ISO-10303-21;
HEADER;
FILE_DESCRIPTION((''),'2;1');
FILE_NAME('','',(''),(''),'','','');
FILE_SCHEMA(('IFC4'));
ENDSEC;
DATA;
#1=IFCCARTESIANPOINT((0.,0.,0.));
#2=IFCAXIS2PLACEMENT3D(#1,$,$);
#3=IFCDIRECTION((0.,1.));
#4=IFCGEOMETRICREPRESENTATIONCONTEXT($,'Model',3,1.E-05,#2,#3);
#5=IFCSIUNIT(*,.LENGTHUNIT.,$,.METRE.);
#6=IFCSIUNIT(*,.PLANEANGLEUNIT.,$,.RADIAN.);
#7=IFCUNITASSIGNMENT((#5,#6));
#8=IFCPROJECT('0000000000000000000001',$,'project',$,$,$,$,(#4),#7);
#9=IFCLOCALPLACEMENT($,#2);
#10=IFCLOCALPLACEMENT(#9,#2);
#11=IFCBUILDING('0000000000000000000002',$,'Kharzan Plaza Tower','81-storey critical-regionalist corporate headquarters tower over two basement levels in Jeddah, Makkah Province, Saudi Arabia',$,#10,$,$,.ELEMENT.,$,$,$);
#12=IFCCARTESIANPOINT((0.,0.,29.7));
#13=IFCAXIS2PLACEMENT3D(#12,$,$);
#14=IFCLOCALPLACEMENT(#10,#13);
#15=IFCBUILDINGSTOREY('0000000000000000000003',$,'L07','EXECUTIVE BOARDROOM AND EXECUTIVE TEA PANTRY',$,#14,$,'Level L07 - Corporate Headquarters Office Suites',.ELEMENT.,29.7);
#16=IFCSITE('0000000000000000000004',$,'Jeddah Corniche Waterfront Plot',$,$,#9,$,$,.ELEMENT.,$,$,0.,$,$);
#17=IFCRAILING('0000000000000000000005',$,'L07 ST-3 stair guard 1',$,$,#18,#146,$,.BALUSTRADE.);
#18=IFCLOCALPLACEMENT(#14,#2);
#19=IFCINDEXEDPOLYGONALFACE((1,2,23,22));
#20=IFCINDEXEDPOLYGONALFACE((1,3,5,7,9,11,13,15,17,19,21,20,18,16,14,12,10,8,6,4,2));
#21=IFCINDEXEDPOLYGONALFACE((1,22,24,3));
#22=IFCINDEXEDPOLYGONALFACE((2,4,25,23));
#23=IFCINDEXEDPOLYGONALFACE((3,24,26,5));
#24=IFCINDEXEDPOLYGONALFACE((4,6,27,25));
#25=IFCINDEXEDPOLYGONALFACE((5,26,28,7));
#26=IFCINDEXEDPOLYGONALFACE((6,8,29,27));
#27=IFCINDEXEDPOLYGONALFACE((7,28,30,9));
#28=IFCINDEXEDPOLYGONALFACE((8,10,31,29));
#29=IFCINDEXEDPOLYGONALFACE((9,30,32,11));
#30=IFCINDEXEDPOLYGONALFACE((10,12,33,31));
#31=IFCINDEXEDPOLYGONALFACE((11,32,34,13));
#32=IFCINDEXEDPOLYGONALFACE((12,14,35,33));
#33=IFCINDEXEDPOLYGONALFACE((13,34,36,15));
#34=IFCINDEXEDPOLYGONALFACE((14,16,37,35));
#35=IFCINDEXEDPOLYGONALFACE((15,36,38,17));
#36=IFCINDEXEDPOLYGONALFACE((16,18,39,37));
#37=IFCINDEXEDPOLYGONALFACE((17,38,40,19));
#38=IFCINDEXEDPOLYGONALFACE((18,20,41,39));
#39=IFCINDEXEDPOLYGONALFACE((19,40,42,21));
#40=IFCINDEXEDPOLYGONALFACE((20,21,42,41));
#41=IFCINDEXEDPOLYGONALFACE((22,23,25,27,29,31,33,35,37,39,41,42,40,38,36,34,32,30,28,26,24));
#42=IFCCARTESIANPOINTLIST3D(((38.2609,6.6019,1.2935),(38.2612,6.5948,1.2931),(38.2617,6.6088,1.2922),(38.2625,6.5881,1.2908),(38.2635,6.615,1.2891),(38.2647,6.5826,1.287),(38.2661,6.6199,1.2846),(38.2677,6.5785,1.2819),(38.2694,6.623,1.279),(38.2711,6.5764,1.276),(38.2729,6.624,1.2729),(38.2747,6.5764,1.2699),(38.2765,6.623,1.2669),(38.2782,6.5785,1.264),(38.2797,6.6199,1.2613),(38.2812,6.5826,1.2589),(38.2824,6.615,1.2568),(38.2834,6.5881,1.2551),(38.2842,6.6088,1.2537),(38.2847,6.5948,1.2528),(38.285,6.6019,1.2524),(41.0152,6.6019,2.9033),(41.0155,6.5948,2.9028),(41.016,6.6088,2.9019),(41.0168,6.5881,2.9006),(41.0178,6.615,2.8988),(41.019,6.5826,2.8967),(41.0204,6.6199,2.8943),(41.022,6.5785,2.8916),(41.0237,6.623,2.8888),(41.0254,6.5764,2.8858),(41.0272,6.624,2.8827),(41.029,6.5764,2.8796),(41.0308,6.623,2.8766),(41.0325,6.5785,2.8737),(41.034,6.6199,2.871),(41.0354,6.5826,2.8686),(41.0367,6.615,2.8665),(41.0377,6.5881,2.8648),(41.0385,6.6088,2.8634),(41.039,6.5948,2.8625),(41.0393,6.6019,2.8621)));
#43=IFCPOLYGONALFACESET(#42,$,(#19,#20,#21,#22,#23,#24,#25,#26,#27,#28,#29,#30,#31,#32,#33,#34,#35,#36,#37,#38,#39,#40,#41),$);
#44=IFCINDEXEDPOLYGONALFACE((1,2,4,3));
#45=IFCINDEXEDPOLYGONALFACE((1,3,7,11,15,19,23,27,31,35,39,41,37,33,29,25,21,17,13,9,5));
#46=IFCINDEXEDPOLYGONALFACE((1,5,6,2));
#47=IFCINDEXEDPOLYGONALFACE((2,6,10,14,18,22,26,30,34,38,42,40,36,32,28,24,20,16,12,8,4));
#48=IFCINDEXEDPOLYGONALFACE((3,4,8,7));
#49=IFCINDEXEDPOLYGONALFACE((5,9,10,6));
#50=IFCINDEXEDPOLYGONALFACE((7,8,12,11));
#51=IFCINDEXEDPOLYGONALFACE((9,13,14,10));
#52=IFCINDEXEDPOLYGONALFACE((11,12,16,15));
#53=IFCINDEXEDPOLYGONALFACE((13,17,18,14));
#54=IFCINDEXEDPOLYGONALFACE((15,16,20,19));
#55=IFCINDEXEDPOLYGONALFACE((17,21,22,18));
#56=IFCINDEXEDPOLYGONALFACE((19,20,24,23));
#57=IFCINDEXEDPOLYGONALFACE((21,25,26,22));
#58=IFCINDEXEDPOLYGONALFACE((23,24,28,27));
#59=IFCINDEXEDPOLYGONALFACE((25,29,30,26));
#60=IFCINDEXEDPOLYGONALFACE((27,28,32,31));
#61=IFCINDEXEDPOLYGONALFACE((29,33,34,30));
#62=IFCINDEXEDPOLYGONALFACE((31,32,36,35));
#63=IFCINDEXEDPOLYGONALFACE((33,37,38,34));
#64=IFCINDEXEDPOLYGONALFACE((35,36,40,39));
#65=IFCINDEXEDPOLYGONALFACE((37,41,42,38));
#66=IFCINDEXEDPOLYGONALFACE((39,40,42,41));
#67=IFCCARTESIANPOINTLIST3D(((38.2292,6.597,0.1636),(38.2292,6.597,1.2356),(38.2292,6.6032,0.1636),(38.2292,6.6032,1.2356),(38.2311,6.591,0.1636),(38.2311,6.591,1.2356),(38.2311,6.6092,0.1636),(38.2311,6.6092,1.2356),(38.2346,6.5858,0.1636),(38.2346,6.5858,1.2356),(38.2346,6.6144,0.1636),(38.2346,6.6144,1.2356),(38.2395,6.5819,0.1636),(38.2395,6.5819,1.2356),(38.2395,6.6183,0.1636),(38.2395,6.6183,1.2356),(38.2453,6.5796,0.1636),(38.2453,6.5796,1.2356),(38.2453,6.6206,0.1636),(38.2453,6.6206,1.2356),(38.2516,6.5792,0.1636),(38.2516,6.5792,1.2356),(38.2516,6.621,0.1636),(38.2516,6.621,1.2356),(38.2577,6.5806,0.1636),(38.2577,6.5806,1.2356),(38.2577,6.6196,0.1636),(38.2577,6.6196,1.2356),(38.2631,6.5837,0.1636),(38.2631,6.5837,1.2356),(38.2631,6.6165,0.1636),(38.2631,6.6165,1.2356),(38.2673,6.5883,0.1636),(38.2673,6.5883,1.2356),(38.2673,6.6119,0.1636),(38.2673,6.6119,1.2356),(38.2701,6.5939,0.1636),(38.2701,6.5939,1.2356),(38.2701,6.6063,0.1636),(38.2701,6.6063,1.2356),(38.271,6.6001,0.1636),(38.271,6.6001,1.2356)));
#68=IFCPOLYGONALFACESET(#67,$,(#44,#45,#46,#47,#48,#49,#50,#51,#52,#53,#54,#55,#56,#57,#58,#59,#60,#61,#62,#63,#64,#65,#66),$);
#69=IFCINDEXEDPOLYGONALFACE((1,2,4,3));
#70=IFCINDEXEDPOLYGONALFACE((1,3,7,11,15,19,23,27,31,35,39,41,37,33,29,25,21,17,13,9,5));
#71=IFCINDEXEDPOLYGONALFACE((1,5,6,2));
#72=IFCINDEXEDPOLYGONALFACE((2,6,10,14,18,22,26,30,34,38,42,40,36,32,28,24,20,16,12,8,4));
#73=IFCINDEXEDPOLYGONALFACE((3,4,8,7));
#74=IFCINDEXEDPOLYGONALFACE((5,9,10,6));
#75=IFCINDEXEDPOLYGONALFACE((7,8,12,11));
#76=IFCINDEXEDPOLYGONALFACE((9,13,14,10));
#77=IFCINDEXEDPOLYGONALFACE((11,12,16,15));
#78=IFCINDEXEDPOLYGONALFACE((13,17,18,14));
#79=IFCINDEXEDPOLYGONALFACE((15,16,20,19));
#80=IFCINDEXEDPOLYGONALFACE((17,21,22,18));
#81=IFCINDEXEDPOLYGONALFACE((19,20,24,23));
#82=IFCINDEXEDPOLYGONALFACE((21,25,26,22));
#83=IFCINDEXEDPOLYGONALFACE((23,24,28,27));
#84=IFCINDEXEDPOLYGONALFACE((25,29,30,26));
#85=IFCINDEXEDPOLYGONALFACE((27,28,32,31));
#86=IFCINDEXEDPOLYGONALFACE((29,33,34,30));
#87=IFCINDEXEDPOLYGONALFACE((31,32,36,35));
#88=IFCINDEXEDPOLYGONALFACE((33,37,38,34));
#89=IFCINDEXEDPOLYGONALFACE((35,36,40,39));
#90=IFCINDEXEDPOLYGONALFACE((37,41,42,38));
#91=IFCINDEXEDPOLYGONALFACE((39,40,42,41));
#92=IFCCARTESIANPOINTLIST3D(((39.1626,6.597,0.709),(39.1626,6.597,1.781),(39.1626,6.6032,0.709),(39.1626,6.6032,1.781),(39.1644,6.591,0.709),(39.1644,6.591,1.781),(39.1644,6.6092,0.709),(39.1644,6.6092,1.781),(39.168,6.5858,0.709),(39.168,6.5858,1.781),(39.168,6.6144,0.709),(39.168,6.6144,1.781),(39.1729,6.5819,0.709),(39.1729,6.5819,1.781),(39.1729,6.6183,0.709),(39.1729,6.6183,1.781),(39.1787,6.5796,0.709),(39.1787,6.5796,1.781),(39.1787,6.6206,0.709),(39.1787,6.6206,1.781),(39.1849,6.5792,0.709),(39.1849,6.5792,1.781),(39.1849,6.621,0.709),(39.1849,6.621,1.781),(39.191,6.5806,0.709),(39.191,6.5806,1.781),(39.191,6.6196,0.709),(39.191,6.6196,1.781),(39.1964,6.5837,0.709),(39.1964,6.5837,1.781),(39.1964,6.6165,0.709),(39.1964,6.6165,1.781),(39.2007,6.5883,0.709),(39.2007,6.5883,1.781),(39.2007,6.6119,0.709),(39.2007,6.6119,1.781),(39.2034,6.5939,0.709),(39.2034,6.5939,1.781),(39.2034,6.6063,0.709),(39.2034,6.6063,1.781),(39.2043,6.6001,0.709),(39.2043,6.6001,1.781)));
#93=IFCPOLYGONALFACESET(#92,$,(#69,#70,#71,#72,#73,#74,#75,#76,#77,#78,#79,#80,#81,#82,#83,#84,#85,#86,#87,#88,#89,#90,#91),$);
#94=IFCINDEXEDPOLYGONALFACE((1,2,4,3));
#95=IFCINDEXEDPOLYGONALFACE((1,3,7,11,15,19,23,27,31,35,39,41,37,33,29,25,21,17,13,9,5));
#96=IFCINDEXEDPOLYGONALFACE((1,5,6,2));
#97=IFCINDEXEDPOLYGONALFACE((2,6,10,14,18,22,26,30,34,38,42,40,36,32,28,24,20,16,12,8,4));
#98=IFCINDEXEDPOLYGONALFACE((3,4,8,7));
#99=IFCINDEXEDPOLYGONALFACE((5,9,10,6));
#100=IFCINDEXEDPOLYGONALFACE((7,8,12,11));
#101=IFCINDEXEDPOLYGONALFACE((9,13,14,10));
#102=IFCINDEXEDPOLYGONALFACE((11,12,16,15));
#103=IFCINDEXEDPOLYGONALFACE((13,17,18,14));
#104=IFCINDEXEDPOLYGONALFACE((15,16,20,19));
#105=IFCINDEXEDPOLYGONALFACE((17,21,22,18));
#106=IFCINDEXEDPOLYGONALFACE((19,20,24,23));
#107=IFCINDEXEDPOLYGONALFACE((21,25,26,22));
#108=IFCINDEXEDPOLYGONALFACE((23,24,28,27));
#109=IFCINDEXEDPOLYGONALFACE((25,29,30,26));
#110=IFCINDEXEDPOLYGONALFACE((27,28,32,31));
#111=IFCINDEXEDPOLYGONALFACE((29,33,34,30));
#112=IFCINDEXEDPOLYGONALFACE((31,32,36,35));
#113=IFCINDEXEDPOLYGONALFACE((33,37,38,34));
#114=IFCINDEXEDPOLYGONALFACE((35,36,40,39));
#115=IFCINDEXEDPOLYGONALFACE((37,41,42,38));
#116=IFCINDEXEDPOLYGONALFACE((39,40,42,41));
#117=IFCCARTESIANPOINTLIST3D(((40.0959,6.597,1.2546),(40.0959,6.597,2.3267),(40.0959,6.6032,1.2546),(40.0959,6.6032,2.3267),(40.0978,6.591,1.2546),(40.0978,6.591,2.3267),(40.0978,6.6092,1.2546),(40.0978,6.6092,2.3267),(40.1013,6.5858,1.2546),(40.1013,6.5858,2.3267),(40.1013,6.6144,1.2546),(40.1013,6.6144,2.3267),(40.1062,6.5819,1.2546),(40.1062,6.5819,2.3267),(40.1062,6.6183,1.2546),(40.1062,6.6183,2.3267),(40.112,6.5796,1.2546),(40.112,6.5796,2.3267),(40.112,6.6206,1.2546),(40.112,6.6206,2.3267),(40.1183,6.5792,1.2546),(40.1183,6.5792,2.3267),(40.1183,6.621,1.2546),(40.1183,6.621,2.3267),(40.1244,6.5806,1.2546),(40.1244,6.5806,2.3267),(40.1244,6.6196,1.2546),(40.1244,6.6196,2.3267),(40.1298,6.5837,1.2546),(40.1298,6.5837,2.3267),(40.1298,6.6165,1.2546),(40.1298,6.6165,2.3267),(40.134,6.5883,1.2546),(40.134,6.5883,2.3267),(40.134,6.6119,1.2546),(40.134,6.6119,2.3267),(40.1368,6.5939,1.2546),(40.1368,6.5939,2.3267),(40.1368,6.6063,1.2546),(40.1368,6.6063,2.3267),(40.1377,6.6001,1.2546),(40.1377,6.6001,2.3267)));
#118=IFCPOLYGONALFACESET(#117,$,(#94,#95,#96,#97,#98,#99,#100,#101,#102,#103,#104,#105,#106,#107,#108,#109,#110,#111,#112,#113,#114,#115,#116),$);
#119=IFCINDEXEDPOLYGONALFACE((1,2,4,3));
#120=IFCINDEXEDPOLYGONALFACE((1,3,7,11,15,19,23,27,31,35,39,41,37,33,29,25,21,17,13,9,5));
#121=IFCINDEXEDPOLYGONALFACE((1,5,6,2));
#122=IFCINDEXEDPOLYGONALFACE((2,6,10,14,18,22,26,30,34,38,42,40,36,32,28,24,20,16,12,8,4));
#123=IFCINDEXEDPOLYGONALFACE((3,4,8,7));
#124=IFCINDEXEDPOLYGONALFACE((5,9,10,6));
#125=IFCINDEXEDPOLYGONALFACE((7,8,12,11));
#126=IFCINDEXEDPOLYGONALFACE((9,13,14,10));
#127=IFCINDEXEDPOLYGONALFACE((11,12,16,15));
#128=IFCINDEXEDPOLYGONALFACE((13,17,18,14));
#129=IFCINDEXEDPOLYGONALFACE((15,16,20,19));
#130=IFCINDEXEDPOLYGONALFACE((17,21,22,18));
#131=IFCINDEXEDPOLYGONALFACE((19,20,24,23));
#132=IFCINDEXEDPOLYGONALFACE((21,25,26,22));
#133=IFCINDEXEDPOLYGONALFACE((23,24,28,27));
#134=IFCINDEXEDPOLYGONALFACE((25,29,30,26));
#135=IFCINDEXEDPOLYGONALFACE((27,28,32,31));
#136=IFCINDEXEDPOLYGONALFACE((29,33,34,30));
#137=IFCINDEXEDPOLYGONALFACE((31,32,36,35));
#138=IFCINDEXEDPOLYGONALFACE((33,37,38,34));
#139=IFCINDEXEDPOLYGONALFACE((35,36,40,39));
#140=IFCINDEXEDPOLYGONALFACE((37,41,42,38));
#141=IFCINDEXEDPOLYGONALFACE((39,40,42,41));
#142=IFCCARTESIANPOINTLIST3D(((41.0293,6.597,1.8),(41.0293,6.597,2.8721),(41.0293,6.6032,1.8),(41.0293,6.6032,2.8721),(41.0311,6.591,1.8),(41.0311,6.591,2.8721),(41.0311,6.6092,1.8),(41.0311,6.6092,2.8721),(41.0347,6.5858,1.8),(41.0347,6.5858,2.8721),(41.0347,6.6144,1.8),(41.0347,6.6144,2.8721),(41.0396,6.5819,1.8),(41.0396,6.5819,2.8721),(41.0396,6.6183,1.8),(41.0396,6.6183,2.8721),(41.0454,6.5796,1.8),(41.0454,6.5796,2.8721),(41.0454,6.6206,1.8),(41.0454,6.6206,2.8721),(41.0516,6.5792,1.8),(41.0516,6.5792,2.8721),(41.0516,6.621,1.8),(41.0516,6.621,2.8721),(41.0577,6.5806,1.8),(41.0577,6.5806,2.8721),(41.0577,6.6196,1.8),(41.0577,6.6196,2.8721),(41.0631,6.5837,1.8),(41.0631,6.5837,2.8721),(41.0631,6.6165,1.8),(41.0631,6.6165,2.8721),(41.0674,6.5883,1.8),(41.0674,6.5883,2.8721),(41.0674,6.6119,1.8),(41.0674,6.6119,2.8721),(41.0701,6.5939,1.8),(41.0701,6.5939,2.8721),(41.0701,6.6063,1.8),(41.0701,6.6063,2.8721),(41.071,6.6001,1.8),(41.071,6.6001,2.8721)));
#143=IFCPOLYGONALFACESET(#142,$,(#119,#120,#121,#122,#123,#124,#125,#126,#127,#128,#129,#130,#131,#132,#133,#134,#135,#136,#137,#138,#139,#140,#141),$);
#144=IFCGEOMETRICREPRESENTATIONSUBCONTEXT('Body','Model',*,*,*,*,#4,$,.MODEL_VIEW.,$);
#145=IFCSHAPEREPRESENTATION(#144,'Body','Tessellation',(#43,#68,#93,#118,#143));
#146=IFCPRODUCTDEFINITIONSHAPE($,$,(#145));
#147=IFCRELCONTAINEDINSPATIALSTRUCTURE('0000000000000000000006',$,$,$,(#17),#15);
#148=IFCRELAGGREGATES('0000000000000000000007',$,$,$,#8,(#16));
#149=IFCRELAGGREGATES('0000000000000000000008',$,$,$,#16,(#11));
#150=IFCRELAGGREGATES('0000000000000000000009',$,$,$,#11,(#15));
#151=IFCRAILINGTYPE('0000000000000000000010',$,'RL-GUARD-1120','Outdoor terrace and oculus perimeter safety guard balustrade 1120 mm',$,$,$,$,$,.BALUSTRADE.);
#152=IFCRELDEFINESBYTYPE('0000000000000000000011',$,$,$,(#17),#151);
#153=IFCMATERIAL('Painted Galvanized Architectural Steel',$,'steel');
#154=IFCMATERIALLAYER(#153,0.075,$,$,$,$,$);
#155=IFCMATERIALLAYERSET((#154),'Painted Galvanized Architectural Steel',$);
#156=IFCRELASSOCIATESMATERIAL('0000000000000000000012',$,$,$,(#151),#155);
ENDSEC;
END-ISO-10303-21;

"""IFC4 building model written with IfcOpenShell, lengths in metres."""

from ifc_helpers import new_model, si_unit, direction, frame, origin, origin_2d, place, context, subcontext, project, spatial, circle, extrude, source, transform, mapped, material, layer, layer_set, type_object, element, save


model = new_model("IFC4")

# Units and contexts
model_context = context("Model", 3, precision=1e-05, world=origin(), true_north=direction((0.0, 1.0)))
body_context = subcontext(model_context, "Body", "Model", "MODEL_VIEW")
ifc_project = project(units=[si_unit("LENGTHUNIT", "METRE"), si_unit("PLANEANGLEUNIT", "RADIAN")], contexts=[model_context])

# Site, building, storey
site_placement = place(None, origin())
site = spatial("IfcSite", under=ifc_project, at=site_placement, Name="Jeddah Corniche Waterfront Plot", CompositionType="ELEMENT", RefElevation=0.0)
building_placement = place(site_placement, origin())
building = spatial("IfcBuilding", under=site, at=building_placement, Name="Kharzan Plaza Tower", Description="81-storey critical-regionalist corporate headquarters tower over two basement levels in Jeddah, Makkah Province, Saudi Arabia", CompositionType="ELEMENT")
storey_placement = place(building_placement, frame((0.0, 0.0, 29.7)))
storey = spatial("IfcBuildingStorey", under=building, at=storey_placement, Name="L07", Description="EXECUTIVE BOARDROOM AND EXECUTIVE TEA PANTRY", LongName="Level L07 - Corporate Headquarters Office Suites", CompositionType="ELEMENT", Elevation=29.7)

# Railing
ifc_material_1 = material(Name="Painted Galvanized Architectural Steel", Category="steel")
ifc_layer_1 = layer(ifc_material_1, 0.075)
ifc_layer_set_1 = layer_set([ifc_layer_1], Name="Painted Galvanized Architectural Steel")
railing_type_1 = type_object("IfcRailingType", Name="RL-GUARD-1120", Description="Outdoor terrace and oculus perimeter safety guard balustrade 1120 mm", PredefinedType="BALUSTRADE", material=ifc_layer_set_1)
shared_shape_1 = source(origin(), body_context, "Body", "SweptSolid", [
    extrude(circle(Radius=0.0239, at=origin_2d()), frame((0.0229, 0.0, 1.1094), z_axis=(0.863361, 0.0, 0.504587), x_axis=(0.0, 1.0, 0.0)), (0.0, 0.0, 1.0), 3.1902),
    extrude(circle(Radius=0.021, at=origin_2d()), origin(), (0.0, 0.0, 1.0), 1.072),
    extrude(circle(Radius=0.021, at=origin_2d()), frame((0.9333, 0.0, 0.5454)), (0.0, 0.0, 1.0), 1.072),
    extrude(circle(Radius=0.021, at=origin_2d()), frame((1.8667, 0.0, 1.0911)), (0.0, 0.0, 1.0), 1.072),
    extrude(circle(Radius=0.021, at=origin_2d()), frame((2.8, 0.0, 1.6365)), (0.0, 0.0, 1.0), 1.072),
])
railing_1_placement = place(storey_placement, frame((38.25, 6.6001, 0.1636)))
element("IfcRailing", 1, at=railing_1_placement, inside=storey, type_object=railing_type_1, Name="L07 ST-3 stair guard 1", PredefinedType="BALUSTRADE", context=body_context, shape_type="MappedRepresentation", body=[
    mapped(shared_shape_1, transform((0.0, 0.0, 0.0), x_axis=(1.0, 0.0, 0.0), y_axis=(0.0, 1.0, 0.0), z_axis=(0.0, 0.0, 1.0))),
])

save(model, "model.ifc")
